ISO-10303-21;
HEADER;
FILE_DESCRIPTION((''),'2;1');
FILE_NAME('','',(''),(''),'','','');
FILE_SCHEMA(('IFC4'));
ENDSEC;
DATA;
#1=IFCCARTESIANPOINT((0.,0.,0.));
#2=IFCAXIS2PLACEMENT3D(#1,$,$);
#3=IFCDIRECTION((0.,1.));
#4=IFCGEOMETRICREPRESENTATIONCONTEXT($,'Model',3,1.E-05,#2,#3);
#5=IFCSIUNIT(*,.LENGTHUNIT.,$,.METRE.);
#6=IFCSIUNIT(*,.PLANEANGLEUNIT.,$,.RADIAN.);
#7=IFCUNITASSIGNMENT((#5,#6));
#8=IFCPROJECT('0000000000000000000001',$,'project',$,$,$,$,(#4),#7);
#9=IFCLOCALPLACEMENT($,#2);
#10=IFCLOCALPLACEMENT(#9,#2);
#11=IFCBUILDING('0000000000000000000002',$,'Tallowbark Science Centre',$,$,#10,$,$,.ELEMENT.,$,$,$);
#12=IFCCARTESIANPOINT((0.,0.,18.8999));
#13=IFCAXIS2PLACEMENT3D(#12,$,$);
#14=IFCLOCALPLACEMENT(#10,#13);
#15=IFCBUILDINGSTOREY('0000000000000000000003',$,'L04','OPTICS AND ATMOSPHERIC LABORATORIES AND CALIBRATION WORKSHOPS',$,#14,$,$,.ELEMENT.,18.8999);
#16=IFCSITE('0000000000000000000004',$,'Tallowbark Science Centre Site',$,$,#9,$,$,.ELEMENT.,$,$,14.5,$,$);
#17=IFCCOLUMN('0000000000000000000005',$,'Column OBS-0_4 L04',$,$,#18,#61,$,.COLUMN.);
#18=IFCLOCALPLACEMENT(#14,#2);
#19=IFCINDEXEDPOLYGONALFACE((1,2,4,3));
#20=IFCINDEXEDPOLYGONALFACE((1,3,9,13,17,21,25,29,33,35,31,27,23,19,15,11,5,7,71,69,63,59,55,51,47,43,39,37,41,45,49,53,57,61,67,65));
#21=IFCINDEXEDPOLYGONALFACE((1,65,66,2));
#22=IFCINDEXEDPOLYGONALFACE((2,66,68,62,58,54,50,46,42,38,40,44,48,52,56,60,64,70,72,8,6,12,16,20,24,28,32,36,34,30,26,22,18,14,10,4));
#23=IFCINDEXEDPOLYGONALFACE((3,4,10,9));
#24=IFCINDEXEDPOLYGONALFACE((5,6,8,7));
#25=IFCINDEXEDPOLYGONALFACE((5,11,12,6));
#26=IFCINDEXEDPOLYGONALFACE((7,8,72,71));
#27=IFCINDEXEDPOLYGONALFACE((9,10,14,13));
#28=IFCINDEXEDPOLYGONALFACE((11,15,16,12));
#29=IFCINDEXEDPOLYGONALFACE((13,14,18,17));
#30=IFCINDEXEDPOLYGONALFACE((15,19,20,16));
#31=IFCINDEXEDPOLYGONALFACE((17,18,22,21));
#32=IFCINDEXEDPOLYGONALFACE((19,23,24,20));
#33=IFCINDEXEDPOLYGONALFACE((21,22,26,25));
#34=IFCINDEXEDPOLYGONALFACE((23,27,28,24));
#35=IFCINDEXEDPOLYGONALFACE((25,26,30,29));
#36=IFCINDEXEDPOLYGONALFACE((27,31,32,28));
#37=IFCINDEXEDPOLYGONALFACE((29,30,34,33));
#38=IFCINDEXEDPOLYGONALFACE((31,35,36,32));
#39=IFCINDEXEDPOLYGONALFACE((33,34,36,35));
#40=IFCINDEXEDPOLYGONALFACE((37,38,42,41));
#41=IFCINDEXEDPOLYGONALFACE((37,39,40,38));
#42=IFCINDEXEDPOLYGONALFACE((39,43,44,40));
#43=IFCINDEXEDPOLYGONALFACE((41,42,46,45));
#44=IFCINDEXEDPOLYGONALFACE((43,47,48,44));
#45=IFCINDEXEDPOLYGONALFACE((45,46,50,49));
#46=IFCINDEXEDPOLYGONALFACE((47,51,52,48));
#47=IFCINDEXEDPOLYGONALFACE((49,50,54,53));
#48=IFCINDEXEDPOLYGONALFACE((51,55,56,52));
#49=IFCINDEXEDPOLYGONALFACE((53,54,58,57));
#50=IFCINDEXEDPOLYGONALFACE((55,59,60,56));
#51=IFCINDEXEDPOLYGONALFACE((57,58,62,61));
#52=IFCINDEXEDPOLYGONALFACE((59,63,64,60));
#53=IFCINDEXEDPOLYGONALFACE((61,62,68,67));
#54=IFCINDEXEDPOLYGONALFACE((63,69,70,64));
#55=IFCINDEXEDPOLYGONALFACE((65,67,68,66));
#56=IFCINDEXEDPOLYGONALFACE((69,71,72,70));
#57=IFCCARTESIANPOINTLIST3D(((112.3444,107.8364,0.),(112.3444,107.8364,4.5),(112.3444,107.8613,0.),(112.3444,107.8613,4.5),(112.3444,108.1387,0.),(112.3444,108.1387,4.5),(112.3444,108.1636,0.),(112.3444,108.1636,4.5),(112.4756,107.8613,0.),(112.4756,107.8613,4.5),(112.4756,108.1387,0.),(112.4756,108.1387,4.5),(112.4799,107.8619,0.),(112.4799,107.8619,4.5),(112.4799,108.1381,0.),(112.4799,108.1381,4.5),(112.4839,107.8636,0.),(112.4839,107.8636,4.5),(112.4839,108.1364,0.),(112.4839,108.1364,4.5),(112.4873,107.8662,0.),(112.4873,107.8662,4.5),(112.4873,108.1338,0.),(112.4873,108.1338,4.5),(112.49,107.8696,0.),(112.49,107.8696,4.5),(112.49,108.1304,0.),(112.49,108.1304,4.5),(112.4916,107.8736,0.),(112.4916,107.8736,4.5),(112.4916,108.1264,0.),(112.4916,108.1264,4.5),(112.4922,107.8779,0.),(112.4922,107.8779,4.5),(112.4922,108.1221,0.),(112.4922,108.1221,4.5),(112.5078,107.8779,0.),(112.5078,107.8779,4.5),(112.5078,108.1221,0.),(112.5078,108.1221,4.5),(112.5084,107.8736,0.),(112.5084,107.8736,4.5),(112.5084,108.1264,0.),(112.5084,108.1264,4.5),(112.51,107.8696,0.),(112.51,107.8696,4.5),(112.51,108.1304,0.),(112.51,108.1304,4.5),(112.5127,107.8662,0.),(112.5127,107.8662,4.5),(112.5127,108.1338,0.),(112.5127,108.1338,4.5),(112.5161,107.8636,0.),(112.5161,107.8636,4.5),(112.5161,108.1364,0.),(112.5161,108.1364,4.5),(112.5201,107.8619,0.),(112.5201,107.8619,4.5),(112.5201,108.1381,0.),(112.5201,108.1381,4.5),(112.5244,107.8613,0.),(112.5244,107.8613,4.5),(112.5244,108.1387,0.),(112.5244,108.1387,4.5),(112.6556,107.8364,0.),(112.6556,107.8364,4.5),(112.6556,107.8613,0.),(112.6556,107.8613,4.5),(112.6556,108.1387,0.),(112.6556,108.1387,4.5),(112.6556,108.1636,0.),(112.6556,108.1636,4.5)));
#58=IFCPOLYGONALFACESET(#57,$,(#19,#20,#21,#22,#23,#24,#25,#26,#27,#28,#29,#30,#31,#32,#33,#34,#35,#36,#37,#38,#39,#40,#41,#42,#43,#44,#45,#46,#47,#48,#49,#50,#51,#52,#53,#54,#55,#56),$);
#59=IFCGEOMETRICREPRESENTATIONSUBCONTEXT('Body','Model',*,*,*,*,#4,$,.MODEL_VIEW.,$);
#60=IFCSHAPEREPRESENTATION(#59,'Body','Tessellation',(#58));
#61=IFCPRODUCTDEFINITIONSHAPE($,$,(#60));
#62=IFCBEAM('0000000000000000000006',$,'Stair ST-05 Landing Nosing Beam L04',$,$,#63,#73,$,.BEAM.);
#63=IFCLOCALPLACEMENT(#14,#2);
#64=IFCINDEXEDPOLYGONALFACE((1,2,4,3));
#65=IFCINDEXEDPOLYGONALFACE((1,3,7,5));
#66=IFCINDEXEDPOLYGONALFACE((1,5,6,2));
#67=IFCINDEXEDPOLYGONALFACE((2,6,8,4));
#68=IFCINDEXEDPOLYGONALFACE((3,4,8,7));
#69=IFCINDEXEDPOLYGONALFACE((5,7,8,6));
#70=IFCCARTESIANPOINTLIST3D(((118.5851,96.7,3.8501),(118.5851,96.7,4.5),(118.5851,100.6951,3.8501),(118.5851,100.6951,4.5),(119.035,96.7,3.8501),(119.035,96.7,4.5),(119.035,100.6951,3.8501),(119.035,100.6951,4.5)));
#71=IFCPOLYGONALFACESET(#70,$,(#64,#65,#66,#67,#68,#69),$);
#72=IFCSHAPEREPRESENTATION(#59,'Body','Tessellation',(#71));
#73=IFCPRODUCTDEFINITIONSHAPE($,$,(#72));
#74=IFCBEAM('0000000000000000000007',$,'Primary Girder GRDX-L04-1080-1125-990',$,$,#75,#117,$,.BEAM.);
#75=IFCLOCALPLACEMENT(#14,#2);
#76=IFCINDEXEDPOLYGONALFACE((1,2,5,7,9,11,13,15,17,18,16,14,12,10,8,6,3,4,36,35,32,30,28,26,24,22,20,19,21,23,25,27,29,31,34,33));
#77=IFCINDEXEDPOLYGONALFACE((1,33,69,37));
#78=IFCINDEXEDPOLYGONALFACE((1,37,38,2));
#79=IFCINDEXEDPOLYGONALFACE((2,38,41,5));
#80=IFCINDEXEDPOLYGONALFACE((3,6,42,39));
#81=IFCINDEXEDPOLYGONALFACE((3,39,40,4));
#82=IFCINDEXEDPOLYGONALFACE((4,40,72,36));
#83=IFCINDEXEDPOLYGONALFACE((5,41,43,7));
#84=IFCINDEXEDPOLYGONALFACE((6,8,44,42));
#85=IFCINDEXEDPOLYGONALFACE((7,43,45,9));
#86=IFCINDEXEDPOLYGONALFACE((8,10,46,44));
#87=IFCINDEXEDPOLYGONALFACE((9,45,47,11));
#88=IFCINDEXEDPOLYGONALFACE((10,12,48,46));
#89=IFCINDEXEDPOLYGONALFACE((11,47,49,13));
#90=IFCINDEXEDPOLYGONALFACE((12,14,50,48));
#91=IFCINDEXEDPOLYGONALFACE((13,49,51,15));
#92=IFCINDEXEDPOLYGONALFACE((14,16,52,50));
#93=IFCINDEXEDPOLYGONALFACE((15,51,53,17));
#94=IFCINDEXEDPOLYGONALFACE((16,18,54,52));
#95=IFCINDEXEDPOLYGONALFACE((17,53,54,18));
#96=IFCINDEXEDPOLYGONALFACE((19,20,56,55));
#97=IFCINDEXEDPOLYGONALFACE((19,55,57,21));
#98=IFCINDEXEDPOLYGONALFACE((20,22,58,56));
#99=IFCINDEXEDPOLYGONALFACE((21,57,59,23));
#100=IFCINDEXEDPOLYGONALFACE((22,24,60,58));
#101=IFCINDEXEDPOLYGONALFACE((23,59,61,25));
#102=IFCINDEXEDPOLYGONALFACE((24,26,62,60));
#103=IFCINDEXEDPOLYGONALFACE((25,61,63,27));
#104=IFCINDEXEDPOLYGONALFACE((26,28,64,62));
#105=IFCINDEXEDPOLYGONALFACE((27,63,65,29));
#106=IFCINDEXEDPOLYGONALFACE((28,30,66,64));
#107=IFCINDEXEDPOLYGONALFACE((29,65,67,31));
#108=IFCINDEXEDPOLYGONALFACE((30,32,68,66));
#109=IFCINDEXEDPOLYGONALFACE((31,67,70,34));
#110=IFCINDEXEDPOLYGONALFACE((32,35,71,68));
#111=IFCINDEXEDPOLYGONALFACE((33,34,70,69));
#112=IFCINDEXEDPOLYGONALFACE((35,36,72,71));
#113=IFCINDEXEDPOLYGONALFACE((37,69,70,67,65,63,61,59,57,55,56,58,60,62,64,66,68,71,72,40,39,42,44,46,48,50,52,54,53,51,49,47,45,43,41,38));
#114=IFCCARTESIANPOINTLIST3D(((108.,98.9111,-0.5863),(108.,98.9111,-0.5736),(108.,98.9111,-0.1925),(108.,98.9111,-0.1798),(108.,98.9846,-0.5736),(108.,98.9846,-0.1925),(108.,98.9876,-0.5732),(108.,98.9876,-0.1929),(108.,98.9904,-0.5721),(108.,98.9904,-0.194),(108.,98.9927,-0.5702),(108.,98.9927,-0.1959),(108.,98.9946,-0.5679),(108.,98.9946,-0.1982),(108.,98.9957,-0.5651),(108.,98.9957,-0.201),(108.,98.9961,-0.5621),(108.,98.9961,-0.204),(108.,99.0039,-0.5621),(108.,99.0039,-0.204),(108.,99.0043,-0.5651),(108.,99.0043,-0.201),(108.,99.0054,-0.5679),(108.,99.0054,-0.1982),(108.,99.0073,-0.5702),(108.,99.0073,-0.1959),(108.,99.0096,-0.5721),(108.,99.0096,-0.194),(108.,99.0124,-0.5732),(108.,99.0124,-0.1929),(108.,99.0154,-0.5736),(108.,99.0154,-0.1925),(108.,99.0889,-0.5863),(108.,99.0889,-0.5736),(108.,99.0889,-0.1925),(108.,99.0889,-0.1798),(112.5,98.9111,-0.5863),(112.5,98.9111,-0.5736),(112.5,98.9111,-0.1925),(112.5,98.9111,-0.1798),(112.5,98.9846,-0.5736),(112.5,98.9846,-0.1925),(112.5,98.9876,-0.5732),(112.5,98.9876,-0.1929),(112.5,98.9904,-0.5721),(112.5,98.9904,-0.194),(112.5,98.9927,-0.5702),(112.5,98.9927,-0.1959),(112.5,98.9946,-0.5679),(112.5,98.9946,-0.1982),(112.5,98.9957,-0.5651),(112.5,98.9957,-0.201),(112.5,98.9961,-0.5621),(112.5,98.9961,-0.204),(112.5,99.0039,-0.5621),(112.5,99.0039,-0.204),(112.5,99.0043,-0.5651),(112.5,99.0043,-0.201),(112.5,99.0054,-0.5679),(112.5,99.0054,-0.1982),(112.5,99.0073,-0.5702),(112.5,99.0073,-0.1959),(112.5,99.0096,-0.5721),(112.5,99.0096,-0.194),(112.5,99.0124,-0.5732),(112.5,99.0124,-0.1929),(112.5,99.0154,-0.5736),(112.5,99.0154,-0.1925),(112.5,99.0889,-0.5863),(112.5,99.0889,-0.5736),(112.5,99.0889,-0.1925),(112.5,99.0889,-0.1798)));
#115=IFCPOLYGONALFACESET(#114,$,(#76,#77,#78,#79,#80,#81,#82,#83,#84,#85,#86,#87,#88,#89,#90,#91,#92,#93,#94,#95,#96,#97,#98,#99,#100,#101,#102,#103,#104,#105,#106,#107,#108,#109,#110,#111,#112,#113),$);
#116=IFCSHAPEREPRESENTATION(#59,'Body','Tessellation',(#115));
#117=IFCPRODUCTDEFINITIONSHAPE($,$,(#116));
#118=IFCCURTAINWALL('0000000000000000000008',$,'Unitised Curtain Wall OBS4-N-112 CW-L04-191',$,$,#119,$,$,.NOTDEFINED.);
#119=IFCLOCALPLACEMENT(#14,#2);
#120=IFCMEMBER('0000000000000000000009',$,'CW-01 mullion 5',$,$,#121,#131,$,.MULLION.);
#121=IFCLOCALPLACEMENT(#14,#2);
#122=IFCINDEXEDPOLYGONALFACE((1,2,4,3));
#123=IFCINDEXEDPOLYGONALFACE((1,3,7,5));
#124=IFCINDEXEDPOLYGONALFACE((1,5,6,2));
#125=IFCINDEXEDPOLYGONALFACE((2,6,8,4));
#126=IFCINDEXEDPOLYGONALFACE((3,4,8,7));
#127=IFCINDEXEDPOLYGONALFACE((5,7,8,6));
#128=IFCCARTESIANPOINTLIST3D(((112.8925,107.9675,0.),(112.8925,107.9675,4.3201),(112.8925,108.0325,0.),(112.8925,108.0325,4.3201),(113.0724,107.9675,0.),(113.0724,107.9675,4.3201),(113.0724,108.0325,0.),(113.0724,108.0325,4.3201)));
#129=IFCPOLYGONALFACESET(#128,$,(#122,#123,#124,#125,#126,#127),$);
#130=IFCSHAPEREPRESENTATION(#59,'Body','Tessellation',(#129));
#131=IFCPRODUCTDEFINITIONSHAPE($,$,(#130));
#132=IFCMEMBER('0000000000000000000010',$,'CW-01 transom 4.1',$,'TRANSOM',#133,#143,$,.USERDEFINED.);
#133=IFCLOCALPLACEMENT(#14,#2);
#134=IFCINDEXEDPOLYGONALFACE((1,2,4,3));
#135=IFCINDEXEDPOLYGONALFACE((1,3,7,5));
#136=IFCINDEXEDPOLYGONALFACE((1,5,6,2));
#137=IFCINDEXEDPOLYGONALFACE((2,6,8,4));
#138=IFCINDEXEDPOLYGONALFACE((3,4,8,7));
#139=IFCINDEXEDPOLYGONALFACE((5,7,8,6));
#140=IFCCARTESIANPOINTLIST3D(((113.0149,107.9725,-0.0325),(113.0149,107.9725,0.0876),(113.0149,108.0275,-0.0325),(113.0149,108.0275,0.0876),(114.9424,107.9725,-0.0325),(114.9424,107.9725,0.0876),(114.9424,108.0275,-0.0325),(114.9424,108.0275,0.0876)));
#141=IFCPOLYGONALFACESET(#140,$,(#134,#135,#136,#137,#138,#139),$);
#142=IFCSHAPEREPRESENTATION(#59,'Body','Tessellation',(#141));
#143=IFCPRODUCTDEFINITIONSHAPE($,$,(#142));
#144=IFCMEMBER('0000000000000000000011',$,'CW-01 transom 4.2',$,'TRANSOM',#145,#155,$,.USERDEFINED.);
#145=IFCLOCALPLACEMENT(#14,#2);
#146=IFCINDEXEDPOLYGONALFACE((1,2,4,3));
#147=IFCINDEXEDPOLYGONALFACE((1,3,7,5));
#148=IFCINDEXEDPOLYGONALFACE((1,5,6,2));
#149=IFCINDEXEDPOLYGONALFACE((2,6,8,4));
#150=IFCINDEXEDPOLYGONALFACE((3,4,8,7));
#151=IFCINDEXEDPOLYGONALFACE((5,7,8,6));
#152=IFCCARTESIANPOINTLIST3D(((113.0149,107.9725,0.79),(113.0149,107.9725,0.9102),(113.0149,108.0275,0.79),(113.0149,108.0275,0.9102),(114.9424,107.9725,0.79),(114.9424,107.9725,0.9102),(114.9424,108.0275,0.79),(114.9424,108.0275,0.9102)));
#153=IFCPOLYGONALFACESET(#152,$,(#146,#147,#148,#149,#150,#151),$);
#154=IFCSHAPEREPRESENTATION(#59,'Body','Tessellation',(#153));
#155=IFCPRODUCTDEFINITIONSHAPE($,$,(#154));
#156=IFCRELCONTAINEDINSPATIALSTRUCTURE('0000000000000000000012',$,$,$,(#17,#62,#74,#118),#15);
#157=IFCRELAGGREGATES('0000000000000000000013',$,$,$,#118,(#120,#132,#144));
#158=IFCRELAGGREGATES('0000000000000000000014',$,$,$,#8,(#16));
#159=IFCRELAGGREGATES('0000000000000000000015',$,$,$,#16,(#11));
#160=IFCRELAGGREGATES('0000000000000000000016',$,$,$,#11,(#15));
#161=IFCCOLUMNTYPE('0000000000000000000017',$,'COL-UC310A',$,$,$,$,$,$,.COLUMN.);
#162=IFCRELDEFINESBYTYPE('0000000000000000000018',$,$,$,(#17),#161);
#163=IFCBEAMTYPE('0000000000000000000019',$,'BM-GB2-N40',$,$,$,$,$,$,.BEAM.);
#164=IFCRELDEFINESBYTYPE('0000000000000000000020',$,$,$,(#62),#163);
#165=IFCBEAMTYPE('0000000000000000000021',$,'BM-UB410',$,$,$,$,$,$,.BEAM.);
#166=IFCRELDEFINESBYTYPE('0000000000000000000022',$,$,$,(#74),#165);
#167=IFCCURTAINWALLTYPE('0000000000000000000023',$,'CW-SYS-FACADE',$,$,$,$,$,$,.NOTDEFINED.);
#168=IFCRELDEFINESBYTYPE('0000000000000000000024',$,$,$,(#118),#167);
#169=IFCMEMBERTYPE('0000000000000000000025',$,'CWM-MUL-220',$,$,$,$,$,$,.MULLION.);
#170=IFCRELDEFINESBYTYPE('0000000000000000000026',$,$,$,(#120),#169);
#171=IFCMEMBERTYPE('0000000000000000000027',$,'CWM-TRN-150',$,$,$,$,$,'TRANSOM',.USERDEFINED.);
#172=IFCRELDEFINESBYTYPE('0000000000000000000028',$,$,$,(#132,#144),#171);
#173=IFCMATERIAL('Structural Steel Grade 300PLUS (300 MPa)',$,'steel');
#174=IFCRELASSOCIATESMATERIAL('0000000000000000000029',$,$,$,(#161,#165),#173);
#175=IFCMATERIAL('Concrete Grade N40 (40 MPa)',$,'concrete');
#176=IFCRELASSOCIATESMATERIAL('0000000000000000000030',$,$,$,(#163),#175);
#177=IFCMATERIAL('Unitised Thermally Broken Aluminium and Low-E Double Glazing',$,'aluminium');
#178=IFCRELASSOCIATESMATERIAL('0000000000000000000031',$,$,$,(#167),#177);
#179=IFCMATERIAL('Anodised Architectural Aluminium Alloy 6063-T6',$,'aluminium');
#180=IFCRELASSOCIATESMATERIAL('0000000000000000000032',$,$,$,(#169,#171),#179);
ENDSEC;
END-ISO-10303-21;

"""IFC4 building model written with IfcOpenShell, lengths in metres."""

from ifc_helpers import new_model, si_unit, direction, frame, origin, origin_2d, place, context, subcontext, project, spatial, rectangle, i_section, extrude, material, material_profile, profile_set, type_object, element, aggregate, save


model = new_model("IFC4")

# Units and contexts
model_context = context("Model", 3, precision=1e-05, world=origin(), true_north=direction((0.0, 1.0)))
body_context = subcontext(model_context, "Body", "Model", "MODEL_VIEW")
ifc_project = project(units=[si_unit("LENGTHUNIT", "METRE"), si_unit("PLANEANGLEUNIT", "RADIAN")], contexts=[model_context])

# Site, building, storey
site_placement = place(None, origin())
site = spatial("IfcSite", under=ifc_project, at=site_placement, Name="Tallowbark Science Centre Site", CompositionType="ELEMENT", RefElevation=14.5)
building_placement = place(site_placement, origin())
building = spatial("IfcBuilding", under=site, at=building_placement, Name="Tallowbark Science Centre", CompositionType="ELEMENT")
storey_placement = place(building_placement, frame((0.0, 0.0, 18.8999)))
storey = spatial("IfcBuildingStorey", under=building, at=storey_placement, Name="L04", Description="OPTICS AND ATMOSPHERIC LABORATORIES AND CALIBRATION WORKSHOPS", CompositionType="ELEMENT", Elevation=18.8999)

# Column
ifc_material_1 = material(Name="Structural Steel Grade 300PLUS (300 MPa)", Category="steel")
ifc_material_profile_1 = material_profile(ifc_material_1, i_section(OverallWidth=0.3113, OverallDepth=0.3271, WebThickness=0.0156, FlangeThickness=0.0249, FilletRadius=0.0166, at=origin_2d()), Name="310UC158")
ifc_profile_set_1 = profile_set([ifc_material_profile_1], Name="Structural Steel Grade 300PLUS (300 MPa)")
column_type = type_object("IfcColumnType", Name="COL-UC310A", PredefinedType="COLUMN", material=ifc_profile_set_1)
column_placement = place(storey_placement, frame((112.5, 108.0, 0.0), z_axis=(0.0, 0.0, 1.0), x_axis=(1.0, 0.0, 0.0)))
element("IfcColumn", 1, at=column_placement, inside=storey, type_object=column_type, Name="Column OBS-0_4 L04", PredefinedType="COLUMN", context=body_context, shape_type="SweptSolid", body=[
    extrude(i_section(OverallWidth=0.3113, OverallDepth=0.3271, WebThickness=0.0156, FlangeThickness=0.0249, FilletRadius=0.0166, at=origin_2d()), origin(), (0.0, 0.0, 1.0), 4.5),
])

# Beams
ifc_material_2 = material(Name="Concrete Grade N40 (40 MPa)", Category="concrete")
ifc_material_profile_2 = material_profile(ifc_material_2, rectangle(XDim=0.45, YDim=0.6499, at=origin_2d()), Name="RC450x650")
ifc_profile_set_2 = profile_set([ifc_material_profile_2], Name="Concrete Grade N40 (40 MPa)")
beam_type_1 = type_object("IfcBeamType", Name="BM-GB2-N40", PredefinedType="BEAM", material=ifc_profile_set_2)
beam_1_placement = place(storey_placement, frame((118.8101, 96.7, 4.175), z_axis=(0.0, 1.0, 0.0), x_axis=(-1.0, 0.0, 0.0)))
element("IfcBeam", 2, at=beam_1_placement, inside=storey, type_object=beam_type_1, Name="Stair ST-05 Landing Nosing Beam L04", PredefinedType="BEAM", context=body_context, shape_type="SweptSolid", body=[
    extrude(rectangle(XDim=0.45, YDim=0.6499, at=origin_2d()), origin(), (0.0, 0.0, 1.0), 3.9951),
])
ifc_material_profile_3 = material_profile(ifc_material_1, i_section(OverallWidth=0.1777, OverallDepth=0.4065, WebThickness=0.0078, FlangeThickness=0.0127, FilletRadius=0.0115, at=origin_2d()), Name="410UB59.7")
ifc_profile_set_3 = profile_set([ifc_material_profile_3], Name="Structural Steel Grade 300PLUS (300 MPa)")
beam_type_2 = type_object("IfcBeamType", Name="BM-UB410", PredefinedType="BEAM", material=ifc_profile_set_3)
beam_2_placement = place(storey_placement, frame((108.0, 99.0, -0.3831), z_axis=(1.0, 0.0, 0.0), x_axis=(0.0, 1.0, 0.0)))
element("IfcBeam", 3, at=beam_2_placement, inside=storey, type_object=beam_type_2, Name="Primary Girder GRDX-L04-1080-1125-990", PredefinedType="BEAM", context=body_context, shape_type="SweptSolid", body=[
    extrude(i_section(OverallWidth=0.1777, OverallDepth=0.4065, WebThickness=0.0078, FlangeThickness=0.0127, FilletRadius=0.0115, at=origin_2d()), origin(), (0.0, 0.0, 1.0), 4.5),
])

# Curtain wall, members
ifc_material_3 = material(Name="Unitised Thermally Broken Aluminium and Low-E Double Glazing", Category="aluminium")
curtain_wall_type = type_object("IfcCurtainWallType", Name="CW-SYS-FACADE", PredefinedType="NOTDEFINED", material=ifc_material_3)
curtain_wall_placement = place(storey_placement, origin())
curtain_wall = element("IfcCurtainWall", 4, at=curtain_wall_placement, inside=storey, type_object=curtain_wall_type, Name="Unitised Curtain Wall OBS4-N-112 CW-L04-191", PredefinedType="NOTDEFINED")
ifc_material_4 = material(Name="Anodised Architectural Aluminium Alloy 6063-T6", Category="aluminium")
ifc_material_profile_4 = material_profile(ifc_material_4, rectangle(XDim=0.0649, YDim=0.1799, at=origin_2d()), Name="ALU65x180")
ifc_profile_set_4 = profile_set([ifc_material_profile_4], Name="Anodised Architectural Aluminium Alloy 6063-T6")
member_type_1 = type_object("IfcMemberType", Name="CWM-MUL-220", PredefinedType="MULLION", material=ifc_profile_set_4)
member_1_placement = place(storey_placement, frame((112.9824, 108.0, 0.0), z_axis=(0.0, 0.0, 1.0), x_axis=(0.0, -1.0, 0.0)))
member_1 = element("IfcMember", 5, at=member_1_placement, type_object=member_type_1, Name="CW-01 mullion 5", PredefinedType="MULLION", context=body_context, shape_type="SweptSolid", body=[
    extrude(rectangle(XDim=0.0649, YDim=0.1799, at=origin_2d()), origin(), (0.0, 0.0, 1.0), 4.3201),
])
ifc_material_profile_5 = material_profile(ifc_material_4, rectangle(XDim=0.0549, YDim=0.1201, at=origin_2d()), Name="ALU55x120")
ifc_profile_set_5 = profile_set([ifc_material_profile_5], Name="Anodised Architectural Aluminium Alloy 6063-T6")
member_type_2 = type_object("IfcMemberType", Name="CWM-TRN-150", ElementType="TRANSOM", PredefinedType="USERDEFINED", material=ifc_profile_set_5)
member_2_placement = place(storey_placement, frame((114.9424, 108.0, 0.0276), z_axis=(-1.0, 0.0, 0.0), x_axis=(0.0, -1.0, 0.0)))
member_2 = element("IfcMember", 6, at=member_2_placement, type_object=member_type_2, Name="CW-01 transom 4.1", ObjectType="TRANSOM", PredefinedType="USERDEFINED", context=body_context, shape_type="SweptSolid", body=[
    extrude(rectangle(XDim=0.0549, YDim=0.1201, at=origin_2d()), origin(), (0.0, 0.0, 1.0), 1.9275),
])
member_3_placement = place(storey_placement, frame((114.9424, 108.0, 0.8501), z_axis=(-1.0, 0.0, 0.0), x_axis=(0.0, -1.0, 0.0)))
member_3 = element("IfcMember", 7, at=member_3_placement, type_object=member_type_2, Name="CW-01 transom 4.2", ObjectType="TRANSOM", PredefinedType="USERDEFINED", context=body_context, shape_type="SweptSolid", body=[
    extrude(rectangle(XDim=0.0549, YDim=0.1201, at=origin_2d()), origin(), (0.0, 0.0, 1.0), 1.9275),
])

aggregate(curtain_wall, [member_1, member_2, member_3])

save(model, "model.ifc")
